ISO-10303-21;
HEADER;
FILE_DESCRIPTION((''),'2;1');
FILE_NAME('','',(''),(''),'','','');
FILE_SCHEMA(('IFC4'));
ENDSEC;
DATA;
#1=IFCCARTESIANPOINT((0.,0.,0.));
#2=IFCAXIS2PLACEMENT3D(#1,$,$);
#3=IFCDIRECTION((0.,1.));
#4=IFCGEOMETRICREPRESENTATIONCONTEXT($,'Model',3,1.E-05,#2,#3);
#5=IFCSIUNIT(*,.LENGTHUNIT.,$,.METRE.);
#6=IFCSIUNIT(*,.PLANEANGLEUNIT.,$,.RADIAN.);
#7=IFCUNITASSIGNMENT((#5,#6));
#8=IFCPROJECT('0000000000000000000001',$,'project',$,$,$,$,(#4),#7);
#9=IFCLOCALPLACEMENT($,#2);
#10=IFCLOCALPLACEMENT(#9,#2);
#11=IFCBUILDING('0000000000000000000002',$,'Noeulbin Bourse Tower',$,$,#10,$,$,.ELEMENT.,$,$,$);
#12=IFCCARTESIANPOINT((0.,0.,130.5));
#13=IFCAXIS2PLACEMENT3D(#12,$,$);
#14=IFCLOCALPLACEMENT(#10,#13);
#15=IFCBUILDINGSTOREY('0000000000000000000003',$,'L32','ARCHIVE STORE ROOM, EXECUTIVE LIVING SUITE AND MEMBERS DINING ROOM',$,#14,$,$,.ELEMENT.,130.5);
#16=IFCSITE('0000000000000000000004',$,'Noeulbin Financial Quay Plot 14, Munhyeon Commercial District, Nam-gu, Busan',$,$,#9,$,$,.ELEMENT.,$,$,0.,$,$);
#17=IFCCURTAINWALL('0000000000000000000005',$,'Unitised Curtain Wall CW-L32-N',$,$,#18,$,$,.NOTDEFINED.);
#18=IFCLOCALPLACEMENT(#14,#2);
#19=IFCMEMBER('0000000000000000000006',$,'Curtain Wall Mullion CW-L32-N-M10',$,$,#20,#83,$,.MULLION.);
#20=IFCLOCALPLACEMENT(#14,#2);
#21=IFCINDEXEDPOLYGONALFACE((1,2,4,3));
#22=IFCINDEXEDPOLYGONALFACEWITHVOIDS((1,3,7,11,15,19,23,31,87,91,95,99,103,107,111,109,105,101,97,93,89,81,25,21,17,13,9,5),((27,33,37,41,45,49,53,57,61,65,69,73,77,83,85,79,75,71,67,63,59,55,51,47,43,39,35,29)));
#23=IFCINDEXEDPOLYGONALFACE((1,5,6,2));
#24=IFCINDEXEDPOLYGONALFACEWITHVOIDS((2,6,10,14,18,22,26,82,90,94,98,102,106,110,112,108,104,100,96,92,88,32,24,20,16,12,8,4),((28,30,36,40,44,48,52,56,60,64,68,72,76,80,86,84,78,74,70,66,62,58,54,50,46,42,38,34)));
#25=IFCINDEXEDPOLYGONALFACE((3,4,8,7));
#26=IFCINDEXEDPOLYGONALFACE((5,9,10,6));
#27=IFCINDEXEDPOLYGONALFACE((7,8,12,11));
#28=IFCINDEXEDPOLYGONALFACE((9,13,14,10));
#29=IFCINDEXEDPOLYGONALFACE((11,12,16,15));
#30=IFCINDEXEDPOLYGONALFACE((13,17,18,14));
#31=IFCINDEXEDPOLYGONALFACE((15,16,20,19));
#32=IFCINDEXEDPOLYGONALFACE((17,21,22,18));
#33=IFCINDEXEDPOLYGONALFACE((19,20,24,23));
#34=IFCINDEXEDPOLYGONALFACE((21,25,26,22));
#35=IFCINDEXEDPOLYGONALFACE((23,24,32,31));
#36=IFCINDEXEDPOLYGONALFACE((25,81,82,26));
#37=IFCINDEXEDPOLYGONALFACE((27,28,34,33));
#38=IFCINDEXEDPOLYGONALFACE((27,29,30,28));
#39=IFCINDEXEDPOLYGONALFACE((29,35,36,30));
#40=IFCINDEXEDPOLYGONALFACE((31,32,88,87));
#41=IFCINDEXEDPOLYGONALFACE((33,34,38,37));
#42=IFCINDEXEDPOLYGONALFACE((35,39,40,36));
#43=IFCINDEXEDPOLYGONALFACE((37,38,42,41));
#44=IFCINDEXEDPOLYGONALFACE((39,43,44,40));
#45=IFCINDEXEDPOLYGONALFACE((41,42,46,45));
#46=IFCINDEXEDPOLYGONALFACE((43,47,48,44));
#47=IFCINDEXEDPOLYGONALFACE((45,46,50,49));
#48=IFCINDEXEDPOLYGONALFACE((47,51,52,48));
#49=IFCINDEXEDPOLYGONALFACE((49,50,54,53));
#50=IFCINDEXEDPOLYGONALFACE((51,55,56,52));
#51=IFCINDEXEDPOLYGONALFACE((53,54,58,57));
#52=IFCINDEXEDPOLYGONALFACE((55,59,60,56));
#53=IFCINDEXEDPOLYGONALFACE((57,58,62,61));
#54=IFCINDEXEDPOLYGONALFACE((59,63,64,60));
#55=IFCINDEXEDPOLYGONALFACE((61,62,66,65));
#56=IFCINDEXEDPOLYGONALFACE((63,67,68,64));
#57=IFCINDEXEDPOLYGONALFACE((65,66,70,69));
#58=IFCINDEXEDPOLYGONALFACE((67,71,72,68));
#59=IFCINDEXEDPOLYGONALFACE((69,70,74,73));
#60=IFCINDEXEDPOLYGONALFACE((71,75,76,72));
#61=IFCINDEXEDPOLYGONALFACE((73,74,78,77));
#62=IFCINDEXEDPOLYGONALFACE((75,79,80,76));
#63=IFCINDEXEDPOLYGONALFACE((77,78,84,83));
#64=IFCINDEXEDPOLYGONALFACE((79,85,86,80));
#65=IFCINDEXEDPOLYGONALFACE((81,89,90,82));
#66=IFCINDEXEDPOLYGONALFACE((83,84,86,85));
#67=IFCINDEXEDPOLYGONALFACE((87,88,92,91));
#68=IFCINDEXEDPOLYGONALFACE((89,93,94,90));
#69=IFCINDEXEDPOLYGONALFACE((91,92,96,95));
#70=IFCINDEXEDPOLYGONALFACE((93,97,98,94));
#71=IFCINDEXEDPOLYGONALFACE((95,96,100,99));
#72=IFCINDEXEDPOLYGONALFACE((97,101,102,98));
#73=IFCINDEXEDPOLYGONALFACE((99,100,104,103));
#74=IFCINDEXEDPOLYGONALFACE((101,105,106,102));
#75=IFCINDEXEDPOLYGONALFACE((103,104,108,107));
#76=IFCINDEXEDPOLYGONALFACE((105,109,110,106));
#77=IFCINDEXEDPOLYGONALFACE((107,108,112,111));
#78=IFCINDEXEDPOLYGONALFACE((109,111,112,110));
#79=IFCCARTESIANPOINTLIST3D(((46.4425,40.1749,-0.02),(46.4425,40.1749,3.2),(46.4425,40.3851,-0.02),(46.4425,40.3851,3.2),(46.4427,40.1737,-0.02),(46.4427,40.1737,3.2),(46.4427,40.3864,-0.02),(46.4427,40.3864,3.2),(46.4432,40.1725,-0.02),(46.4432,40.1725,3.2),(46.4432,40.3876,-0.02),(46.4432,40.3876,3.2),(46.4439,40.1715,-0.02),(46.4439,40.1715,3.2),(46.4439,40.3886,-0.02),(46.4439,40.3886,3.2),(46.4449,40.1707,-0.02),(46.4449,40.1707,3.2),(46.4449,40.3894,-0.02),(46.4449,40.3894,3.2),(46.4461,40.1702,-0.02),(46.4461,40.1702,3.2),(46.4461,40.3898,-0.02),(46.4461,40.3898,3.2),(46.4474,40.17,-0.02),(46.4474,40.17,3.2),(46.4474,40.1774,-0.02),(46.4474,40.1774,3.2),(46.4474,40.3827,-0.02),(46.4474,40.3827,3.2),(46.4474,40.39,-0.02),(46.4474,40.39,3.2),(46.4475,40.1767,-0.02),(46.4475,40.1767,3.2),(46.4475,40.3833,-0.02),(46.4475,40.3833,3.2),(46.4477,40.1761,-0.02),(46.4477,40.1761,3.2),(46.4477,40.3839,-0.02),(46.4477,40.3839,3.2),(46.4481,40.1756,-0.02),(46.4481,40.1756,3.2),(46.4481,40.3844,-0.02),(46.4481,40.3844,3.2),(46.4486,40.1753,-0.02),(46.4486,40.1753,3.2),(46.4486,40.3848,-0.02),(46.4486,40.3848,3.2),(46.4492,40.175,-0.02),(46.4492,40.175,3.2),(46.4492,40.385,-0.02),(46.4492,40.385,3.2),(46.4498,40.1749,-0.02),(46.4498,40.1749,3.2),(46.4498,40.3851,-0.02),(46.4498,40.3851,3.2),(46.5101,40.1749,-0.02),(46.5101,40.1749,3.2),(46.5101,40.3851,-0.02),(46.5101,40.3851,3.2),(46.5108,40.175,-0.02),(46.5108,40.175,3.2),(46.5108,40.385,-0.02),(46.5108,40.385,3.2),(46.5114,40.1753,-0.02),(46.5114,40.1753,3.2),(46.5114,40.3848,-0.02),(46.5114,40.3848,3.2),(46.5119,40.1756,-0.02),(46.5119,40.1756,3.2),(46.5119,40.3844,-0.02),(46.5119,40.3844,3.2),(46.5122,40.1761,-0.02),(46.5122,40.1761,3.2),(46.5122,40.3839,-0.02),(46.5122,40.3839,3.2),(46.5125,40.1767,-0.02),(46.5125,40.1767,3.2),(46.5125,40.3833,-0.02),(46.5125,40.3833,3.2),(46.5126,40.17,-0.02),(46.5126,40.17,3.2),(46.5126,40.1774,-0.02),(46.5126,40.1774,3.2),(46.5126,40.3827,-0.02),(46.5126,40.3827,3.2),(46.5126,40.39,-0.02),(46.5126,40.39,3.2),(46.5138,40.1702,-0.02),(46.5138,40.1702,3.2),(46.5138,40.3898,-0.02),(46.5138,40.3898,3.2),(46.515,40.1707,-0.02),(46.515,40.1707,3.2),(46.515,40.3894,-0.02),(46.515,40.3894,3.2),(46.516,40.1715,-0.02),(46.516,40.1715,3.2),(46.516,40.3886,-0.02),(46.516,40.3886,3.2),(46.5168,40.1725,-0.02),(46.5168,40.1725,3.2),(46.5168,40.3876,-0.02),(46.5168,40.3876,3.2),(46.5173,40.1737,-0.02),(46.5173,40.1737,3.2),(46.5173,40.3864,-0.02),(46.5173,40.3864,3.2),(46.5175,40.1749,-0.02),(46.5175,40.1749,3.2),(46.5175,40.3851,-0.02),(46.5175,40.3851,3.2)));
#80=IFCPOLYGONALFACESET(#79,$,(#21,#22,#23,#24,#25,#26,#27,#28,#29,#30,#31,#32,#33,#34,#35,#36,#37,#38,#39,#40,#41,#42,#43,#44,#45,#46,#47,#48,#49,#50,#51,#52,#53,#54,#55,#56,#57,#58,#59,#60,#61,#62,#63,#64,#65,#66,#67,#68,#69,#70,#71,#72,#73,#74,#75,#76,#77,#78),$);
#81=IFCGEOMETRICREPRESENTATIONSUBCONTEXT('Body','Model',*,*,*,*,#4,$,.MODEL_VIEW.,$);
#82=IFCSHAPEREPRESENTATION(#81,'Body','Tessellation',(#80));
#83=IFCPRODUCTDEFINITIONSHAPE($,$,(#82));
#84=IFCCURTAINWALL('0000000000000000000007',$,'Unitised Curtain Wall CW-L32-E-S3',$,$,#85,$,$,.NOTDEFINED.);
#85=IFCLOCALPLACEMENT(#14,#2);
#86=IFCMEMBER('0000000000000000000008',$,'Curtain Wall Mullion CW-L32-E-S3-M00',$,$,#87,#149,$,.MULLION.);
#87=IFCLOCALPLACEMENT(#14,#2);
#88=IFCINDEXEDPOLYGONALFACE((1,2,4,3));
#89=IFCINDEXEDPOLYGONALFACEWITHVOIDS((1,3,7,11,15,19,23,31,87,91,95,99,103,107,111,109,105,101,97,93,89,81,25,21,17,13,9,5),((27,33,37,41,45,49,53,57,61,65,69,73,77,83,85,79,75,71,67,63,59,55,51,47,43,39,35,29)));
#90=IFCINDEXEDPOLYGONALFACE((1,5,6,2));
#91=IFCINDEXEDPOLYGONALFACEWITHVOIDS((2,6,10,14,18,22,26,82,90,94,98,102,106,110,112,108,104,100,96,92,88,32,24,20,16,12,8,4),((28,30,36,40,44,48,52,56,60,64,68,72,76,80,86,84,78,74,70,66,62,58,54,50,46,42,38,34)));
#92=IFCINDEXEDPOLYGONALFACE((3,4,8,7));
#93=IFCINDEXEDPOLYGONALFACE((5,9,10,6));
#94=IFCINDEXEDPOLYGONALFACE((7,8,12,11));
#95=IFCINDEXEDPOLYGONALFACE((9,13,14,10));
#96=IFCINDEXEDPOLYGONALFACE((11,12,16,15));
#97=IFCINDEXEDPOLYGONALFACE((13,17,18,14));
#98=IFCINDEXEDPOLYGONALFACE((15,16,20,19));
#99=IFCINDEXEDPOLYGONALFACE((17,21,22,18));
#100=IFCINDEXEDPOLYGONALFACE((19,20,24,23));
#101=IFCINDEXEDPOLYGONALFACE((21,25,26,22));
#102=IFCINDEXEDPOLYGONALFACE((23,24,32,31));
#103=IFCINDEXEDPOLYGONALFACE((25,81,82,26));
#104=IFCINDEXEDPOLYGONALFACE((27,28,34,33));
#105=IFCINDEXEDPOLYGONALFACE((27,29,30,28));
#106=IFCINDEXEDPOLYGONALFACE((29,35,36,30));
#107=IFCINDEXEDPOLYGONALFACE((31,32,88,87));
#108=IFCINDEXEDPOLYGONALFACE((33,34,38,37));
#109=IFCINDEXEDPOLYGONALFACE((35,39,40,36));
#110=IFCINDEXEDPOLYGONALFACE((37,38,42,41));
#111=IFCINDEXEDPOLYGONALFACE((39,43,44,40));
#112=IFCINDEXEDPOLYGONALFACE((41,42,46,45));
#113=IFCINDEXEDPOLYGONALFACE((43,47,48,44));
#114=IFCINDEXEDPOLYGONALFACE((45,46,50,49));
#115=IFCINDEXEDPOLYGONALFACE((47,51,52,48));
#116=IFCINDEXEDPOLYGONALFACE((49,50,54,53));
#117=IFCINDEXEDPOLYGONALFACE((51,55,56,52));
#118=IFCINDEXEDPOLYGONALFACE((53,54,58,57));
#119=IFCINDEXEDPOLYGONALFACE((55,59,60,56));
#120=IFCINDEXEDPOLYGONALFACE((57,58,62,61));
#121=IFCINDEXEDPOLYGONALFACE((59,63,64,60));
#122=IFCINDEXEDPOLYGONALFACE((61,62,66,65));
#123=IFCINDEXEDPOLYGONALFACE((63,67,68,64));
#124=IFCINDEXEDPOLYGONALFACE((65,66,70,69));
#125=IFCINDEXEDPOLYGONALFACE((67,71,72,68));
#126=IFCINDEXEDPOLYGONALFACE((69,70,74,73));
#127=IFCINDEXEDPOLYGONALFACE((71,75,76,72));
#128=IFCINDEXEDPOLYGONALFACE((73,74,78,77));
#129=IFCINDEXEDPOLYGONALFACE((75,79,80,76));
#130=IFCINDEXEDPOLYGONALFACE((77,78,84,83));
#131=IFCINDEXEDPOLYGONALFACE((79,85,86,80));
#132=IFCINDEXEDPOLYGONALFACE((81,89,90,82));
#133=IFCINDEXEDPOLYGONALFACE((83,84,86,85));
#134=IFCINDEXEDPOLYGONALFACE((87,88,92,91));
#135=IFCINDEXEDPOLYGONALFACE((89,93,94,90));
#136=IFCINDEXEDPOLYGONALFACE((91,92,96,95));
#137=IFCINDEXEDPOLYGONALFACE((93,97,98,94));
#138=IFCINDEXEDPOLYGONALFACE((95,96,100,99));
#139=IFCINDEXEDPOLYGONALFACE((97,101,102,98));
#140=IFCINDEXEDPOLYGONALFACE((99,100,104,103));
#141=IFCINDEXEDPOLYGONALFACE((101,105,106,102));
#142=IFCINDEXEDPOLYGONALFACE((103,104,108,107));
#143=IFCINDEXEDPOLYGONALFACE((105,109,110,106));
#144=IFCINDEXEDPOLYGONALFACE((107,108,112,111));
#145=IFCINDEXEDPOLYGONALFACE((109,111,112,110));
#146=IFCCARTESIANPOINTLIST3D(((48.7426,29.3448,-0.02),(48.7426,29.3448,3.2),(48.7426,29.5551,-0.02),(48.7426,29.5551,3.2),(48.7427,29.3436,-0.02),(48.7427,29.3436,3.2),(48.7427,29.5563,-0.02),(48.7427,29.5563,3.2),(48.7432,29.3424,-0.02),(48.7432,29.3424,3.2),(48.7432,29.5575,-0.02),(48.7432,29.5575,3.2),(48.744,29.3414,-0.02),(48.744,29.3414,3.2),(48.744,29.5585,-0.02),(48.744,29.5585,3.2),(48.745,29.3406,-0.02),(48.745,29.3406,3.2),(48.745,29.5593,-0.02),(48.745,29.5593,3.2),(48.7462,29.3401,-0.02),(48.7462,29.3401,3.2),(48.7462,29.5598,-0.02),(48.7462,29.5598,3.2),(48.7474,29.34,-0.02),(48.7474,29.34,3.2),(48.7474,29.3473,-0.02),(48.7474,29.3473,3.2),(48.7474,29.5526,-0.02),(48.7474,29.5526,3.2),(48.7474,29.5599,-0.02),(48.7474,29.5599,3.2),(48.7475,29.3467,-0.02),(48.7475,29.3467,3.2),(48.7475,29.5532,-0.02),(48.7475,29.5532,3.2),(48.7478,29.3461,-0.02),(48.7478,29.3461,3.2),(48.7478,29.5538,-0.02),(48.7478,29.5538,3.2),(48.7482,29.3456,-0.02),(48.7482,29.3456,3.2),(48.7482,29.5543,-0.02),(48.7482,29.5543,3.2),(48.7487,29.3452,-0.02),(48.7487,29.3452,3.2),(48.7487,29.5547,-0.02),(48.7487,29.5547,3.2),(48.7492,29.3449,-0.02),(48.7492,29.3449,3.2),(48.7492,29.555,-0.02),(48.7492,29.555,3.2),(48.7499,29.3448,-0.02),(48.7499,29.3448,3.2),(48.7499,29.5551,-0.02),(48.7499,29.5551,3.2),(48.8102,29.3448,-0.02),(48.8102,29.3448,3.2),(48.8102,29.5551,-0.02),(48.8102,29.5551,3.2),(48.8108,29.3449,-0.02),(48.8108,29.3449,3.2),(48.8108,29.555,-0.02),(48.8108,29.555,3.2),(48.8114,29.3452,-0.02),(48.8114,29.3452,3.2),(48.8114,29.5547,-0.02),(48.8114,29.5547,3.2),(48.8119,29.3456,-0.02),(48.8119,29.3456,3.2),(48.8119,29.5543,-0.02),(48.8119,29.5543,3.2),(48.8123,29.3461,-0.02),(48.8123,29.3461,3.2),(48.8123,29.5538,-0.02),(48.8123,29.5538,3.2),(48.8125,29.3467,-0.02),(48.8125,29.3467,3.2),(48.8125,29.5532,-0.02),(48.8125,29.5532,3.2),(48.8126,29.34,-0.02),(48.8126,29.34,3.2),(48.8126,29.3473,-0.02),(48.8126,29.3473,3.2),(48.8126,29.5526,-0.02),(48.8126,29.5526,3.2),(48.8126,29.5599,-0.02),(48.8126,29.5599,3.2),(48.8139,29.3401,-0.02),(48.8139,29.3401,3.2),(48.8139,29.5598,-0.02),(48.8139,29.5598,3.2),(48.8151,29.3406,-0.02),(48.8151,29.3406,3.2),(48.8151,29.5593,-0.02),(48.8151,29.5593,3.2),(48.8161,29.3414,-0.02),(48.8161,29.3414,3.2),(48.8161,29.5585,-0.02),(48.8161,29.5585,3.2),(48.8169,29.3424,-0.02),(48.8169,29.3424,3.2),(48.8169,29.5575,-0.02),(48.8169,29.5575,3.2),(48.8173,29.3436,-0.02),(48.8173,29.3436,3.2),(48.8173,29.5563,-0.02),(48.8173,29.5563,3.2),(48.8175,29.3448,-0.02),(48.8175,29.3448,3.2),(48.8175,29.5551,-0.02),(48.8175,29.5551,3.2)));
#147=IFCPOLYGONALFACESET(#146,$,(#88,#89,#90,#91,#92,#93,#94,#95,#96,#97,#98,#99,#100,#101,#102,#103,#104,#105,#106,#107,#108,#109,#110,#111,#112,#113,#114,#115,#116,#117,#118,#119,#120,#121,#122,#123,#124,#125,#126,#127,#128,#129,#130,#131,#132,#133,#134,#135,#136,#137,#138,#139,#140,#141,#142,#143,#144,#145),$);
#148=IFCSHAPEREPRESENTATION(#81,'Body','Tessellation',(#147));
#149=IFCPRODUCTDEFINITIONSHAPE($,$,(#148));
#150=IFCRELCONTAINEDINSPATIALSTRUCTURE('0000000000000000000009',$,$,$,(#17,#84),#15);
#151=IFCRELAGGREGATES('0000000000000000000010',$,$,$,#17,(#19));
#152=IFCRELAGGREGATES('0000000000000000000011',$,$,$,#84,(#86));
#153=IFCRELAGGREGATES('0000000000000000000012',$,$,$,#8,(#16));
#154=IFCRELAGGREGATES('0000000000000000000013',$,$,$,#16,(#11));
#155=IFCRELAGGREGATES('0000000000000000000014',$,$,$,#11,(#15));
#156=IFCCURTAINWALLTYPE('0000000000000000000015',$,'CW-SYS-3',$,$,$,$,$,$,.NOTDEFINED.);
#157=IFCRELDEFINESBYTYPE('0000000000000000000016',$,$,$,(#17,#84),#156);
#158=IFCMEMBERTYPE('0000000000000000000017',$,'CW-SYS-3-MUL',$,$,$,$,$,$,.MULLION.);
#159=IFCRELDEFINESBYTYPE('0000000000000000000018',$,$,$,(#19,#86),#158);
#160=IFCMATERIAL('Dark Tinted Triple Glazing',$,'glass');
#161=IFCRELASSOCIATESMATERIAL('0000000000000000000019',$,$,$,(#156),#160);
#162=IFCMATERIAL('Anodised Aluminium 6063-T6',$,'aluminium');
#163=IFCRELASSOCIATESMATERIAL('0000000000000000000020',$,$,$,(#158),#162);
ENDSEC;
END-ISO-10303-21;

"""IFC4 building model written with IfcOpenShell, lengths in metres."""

from ifc_helpers import new_model, si_unit, direction, frame, origin, origin_2d, place, context, subcontext, project, spatial, hollow_rectangle, extrude, material, material_profile, profile_set, type_object, element, aggregate, save


model = new_model("IFC4")

# Units and contexts
model_context = context("Model", 3, precision=1e-05, world=origin(), true_north=direction((0.0, 1.0)))
body_context = subcontext(model_context, "Body", "Model", "MODEL_VIEW")
ifc_project = project(units=[si_unit("LENGTHUNIT", "METRE"), si_unit("PLANEANGLEUNIT", "RADIAN")], contexts=[model_context])

# Site, building, storey
site_placement = place(None, origin())
site = spatial("IfcSite", under=ifc_project, at=site_placement, Name="Noeulbin Financial Quay Plot 14, Munhyeon Commercial District, Nam-gu, Busan", CompositionType="ELEMENT", RefElevation=0.0)
building_placement = place(site_placement, origin())
building = spatial("IfcBuilding", under=site, at=building_placement, Name="Noeulbin Bourse Tower", CompositionType="ELEMENT")
storey_placement = place(building_placement, frame((0.0, 0.0, 130.5)))
storey = spatial("IfcBuildingStorey", under=building, at=storey_placement, Name="L32", Description="ARCHIVE STORE ROOM, EXECUTIVE LIVING SUITE AND MEMBERS DINING ROOM", CompositionType="ELEMENT", Elevation=130.5)

# Curtain walls, members
ifc_material_1 = material(Name="Dark Tinted Triple Glazing", Category="glass")
curtain_wall_type = type_object("IfcCurtainWallType", Name="CW-SYS-3", PredefinedType="NOTDEFINED", material=ifc_material_1)
curtain_wall_1_placement = place(storey_placement, origin())
curtain_wall_1 = element("IfcCurtainWall", 1, at=curtain_wall_1_placement, inside=storey, type_object=curtain_wall_type, Name="Unitised Curtain Wall CW-L32-N", PredefinedType="NOTDEFINED")
ifc_material_2 = material(Name="Anodised Aluminium 6063-T6", Category="aluminium")
ifc_material_profile_1 = material_profile(ifc_material_2, hollow_rectangle(XDim=0.075, YDim=0.22, WallThickness=0.0049, InnerFilletRadius=0.0024, OuterFilletRadius=0.0049, at=origin_2d()), Name="ALU-MULL-75x220x5", Category="LoadBearing")
ifc_profile_set_1 = profile_set([ifc_material_profile_1], Name="Anodised Aluminium 6063-T6")
member_type_1 = type_object("IfcMemberType", Name="CW-SYS-3-MUL", PredefinedType="MULLION", material=ifc_profile_set_1)
member_1_placement = place(storey_placement, frame((46.48, 40.28, -0.02), z_axis=(0.0, 0.0, 1.0), x_axis=(1.0, 0.0, 0.0)))
member_1 = element("IfcMember", 2, at=member_1_placement, type_object=member_type_1, Name="Curtain Wall Mullion CW-L32-N-M10", PredefinedType="MULLION", context=body_context, shape_type="SweptSolid", body=[
    extrude(hollow_rectangle(XDim=0.075, YDim=0.22, WallThickness=0.0049, InnerFilletRadius=0.0024, OuterFilletRadius=0.0049, at=origin_2d()), origin(), (0.0, 0.0, 1.0), 3.22),
])
curtain_wall_2_placement = place(storey_placement, origin())
curtain_wall_2 = element("IfcCurtainWall", 3, at=curtain_wall_2_placement, inside=storey, type_object=curtain_wall_type, Name="Unitised Curtain Wall CW-L32-E-S3", PredefinedType="NOTDEFINED")
member_2_placement = place(storey_placement, frame((48.78, 29.45, -0.02), z_axis=(0.0, 0.0, 1.0), x_axis=(1.0, 0.0, 0.0)))
member_2 = element("IfcMember", 4, at=member_2_placement, type_object=member_type_1, Name="Curtain Wall Mullion CW-L32-E-S3-M00", PredefinedType="MULLION", context=body_context, shape_type="SweptSolid", body=[
    extrude(hollow_rectangle(XDim=0.075, YDim=0.22, WallThickness=0.0049, InnerFilletRadius=0.0024, OuterFilletRadius=0.0049, at=origin_2d()), origin(), (0.0, 0.0, 1.0), 3.22),
])

aggregate(curtain_wall_1, [member_1])
aggregate(curtain_wall_2, [member_2])

save(model, "model.ifc")
